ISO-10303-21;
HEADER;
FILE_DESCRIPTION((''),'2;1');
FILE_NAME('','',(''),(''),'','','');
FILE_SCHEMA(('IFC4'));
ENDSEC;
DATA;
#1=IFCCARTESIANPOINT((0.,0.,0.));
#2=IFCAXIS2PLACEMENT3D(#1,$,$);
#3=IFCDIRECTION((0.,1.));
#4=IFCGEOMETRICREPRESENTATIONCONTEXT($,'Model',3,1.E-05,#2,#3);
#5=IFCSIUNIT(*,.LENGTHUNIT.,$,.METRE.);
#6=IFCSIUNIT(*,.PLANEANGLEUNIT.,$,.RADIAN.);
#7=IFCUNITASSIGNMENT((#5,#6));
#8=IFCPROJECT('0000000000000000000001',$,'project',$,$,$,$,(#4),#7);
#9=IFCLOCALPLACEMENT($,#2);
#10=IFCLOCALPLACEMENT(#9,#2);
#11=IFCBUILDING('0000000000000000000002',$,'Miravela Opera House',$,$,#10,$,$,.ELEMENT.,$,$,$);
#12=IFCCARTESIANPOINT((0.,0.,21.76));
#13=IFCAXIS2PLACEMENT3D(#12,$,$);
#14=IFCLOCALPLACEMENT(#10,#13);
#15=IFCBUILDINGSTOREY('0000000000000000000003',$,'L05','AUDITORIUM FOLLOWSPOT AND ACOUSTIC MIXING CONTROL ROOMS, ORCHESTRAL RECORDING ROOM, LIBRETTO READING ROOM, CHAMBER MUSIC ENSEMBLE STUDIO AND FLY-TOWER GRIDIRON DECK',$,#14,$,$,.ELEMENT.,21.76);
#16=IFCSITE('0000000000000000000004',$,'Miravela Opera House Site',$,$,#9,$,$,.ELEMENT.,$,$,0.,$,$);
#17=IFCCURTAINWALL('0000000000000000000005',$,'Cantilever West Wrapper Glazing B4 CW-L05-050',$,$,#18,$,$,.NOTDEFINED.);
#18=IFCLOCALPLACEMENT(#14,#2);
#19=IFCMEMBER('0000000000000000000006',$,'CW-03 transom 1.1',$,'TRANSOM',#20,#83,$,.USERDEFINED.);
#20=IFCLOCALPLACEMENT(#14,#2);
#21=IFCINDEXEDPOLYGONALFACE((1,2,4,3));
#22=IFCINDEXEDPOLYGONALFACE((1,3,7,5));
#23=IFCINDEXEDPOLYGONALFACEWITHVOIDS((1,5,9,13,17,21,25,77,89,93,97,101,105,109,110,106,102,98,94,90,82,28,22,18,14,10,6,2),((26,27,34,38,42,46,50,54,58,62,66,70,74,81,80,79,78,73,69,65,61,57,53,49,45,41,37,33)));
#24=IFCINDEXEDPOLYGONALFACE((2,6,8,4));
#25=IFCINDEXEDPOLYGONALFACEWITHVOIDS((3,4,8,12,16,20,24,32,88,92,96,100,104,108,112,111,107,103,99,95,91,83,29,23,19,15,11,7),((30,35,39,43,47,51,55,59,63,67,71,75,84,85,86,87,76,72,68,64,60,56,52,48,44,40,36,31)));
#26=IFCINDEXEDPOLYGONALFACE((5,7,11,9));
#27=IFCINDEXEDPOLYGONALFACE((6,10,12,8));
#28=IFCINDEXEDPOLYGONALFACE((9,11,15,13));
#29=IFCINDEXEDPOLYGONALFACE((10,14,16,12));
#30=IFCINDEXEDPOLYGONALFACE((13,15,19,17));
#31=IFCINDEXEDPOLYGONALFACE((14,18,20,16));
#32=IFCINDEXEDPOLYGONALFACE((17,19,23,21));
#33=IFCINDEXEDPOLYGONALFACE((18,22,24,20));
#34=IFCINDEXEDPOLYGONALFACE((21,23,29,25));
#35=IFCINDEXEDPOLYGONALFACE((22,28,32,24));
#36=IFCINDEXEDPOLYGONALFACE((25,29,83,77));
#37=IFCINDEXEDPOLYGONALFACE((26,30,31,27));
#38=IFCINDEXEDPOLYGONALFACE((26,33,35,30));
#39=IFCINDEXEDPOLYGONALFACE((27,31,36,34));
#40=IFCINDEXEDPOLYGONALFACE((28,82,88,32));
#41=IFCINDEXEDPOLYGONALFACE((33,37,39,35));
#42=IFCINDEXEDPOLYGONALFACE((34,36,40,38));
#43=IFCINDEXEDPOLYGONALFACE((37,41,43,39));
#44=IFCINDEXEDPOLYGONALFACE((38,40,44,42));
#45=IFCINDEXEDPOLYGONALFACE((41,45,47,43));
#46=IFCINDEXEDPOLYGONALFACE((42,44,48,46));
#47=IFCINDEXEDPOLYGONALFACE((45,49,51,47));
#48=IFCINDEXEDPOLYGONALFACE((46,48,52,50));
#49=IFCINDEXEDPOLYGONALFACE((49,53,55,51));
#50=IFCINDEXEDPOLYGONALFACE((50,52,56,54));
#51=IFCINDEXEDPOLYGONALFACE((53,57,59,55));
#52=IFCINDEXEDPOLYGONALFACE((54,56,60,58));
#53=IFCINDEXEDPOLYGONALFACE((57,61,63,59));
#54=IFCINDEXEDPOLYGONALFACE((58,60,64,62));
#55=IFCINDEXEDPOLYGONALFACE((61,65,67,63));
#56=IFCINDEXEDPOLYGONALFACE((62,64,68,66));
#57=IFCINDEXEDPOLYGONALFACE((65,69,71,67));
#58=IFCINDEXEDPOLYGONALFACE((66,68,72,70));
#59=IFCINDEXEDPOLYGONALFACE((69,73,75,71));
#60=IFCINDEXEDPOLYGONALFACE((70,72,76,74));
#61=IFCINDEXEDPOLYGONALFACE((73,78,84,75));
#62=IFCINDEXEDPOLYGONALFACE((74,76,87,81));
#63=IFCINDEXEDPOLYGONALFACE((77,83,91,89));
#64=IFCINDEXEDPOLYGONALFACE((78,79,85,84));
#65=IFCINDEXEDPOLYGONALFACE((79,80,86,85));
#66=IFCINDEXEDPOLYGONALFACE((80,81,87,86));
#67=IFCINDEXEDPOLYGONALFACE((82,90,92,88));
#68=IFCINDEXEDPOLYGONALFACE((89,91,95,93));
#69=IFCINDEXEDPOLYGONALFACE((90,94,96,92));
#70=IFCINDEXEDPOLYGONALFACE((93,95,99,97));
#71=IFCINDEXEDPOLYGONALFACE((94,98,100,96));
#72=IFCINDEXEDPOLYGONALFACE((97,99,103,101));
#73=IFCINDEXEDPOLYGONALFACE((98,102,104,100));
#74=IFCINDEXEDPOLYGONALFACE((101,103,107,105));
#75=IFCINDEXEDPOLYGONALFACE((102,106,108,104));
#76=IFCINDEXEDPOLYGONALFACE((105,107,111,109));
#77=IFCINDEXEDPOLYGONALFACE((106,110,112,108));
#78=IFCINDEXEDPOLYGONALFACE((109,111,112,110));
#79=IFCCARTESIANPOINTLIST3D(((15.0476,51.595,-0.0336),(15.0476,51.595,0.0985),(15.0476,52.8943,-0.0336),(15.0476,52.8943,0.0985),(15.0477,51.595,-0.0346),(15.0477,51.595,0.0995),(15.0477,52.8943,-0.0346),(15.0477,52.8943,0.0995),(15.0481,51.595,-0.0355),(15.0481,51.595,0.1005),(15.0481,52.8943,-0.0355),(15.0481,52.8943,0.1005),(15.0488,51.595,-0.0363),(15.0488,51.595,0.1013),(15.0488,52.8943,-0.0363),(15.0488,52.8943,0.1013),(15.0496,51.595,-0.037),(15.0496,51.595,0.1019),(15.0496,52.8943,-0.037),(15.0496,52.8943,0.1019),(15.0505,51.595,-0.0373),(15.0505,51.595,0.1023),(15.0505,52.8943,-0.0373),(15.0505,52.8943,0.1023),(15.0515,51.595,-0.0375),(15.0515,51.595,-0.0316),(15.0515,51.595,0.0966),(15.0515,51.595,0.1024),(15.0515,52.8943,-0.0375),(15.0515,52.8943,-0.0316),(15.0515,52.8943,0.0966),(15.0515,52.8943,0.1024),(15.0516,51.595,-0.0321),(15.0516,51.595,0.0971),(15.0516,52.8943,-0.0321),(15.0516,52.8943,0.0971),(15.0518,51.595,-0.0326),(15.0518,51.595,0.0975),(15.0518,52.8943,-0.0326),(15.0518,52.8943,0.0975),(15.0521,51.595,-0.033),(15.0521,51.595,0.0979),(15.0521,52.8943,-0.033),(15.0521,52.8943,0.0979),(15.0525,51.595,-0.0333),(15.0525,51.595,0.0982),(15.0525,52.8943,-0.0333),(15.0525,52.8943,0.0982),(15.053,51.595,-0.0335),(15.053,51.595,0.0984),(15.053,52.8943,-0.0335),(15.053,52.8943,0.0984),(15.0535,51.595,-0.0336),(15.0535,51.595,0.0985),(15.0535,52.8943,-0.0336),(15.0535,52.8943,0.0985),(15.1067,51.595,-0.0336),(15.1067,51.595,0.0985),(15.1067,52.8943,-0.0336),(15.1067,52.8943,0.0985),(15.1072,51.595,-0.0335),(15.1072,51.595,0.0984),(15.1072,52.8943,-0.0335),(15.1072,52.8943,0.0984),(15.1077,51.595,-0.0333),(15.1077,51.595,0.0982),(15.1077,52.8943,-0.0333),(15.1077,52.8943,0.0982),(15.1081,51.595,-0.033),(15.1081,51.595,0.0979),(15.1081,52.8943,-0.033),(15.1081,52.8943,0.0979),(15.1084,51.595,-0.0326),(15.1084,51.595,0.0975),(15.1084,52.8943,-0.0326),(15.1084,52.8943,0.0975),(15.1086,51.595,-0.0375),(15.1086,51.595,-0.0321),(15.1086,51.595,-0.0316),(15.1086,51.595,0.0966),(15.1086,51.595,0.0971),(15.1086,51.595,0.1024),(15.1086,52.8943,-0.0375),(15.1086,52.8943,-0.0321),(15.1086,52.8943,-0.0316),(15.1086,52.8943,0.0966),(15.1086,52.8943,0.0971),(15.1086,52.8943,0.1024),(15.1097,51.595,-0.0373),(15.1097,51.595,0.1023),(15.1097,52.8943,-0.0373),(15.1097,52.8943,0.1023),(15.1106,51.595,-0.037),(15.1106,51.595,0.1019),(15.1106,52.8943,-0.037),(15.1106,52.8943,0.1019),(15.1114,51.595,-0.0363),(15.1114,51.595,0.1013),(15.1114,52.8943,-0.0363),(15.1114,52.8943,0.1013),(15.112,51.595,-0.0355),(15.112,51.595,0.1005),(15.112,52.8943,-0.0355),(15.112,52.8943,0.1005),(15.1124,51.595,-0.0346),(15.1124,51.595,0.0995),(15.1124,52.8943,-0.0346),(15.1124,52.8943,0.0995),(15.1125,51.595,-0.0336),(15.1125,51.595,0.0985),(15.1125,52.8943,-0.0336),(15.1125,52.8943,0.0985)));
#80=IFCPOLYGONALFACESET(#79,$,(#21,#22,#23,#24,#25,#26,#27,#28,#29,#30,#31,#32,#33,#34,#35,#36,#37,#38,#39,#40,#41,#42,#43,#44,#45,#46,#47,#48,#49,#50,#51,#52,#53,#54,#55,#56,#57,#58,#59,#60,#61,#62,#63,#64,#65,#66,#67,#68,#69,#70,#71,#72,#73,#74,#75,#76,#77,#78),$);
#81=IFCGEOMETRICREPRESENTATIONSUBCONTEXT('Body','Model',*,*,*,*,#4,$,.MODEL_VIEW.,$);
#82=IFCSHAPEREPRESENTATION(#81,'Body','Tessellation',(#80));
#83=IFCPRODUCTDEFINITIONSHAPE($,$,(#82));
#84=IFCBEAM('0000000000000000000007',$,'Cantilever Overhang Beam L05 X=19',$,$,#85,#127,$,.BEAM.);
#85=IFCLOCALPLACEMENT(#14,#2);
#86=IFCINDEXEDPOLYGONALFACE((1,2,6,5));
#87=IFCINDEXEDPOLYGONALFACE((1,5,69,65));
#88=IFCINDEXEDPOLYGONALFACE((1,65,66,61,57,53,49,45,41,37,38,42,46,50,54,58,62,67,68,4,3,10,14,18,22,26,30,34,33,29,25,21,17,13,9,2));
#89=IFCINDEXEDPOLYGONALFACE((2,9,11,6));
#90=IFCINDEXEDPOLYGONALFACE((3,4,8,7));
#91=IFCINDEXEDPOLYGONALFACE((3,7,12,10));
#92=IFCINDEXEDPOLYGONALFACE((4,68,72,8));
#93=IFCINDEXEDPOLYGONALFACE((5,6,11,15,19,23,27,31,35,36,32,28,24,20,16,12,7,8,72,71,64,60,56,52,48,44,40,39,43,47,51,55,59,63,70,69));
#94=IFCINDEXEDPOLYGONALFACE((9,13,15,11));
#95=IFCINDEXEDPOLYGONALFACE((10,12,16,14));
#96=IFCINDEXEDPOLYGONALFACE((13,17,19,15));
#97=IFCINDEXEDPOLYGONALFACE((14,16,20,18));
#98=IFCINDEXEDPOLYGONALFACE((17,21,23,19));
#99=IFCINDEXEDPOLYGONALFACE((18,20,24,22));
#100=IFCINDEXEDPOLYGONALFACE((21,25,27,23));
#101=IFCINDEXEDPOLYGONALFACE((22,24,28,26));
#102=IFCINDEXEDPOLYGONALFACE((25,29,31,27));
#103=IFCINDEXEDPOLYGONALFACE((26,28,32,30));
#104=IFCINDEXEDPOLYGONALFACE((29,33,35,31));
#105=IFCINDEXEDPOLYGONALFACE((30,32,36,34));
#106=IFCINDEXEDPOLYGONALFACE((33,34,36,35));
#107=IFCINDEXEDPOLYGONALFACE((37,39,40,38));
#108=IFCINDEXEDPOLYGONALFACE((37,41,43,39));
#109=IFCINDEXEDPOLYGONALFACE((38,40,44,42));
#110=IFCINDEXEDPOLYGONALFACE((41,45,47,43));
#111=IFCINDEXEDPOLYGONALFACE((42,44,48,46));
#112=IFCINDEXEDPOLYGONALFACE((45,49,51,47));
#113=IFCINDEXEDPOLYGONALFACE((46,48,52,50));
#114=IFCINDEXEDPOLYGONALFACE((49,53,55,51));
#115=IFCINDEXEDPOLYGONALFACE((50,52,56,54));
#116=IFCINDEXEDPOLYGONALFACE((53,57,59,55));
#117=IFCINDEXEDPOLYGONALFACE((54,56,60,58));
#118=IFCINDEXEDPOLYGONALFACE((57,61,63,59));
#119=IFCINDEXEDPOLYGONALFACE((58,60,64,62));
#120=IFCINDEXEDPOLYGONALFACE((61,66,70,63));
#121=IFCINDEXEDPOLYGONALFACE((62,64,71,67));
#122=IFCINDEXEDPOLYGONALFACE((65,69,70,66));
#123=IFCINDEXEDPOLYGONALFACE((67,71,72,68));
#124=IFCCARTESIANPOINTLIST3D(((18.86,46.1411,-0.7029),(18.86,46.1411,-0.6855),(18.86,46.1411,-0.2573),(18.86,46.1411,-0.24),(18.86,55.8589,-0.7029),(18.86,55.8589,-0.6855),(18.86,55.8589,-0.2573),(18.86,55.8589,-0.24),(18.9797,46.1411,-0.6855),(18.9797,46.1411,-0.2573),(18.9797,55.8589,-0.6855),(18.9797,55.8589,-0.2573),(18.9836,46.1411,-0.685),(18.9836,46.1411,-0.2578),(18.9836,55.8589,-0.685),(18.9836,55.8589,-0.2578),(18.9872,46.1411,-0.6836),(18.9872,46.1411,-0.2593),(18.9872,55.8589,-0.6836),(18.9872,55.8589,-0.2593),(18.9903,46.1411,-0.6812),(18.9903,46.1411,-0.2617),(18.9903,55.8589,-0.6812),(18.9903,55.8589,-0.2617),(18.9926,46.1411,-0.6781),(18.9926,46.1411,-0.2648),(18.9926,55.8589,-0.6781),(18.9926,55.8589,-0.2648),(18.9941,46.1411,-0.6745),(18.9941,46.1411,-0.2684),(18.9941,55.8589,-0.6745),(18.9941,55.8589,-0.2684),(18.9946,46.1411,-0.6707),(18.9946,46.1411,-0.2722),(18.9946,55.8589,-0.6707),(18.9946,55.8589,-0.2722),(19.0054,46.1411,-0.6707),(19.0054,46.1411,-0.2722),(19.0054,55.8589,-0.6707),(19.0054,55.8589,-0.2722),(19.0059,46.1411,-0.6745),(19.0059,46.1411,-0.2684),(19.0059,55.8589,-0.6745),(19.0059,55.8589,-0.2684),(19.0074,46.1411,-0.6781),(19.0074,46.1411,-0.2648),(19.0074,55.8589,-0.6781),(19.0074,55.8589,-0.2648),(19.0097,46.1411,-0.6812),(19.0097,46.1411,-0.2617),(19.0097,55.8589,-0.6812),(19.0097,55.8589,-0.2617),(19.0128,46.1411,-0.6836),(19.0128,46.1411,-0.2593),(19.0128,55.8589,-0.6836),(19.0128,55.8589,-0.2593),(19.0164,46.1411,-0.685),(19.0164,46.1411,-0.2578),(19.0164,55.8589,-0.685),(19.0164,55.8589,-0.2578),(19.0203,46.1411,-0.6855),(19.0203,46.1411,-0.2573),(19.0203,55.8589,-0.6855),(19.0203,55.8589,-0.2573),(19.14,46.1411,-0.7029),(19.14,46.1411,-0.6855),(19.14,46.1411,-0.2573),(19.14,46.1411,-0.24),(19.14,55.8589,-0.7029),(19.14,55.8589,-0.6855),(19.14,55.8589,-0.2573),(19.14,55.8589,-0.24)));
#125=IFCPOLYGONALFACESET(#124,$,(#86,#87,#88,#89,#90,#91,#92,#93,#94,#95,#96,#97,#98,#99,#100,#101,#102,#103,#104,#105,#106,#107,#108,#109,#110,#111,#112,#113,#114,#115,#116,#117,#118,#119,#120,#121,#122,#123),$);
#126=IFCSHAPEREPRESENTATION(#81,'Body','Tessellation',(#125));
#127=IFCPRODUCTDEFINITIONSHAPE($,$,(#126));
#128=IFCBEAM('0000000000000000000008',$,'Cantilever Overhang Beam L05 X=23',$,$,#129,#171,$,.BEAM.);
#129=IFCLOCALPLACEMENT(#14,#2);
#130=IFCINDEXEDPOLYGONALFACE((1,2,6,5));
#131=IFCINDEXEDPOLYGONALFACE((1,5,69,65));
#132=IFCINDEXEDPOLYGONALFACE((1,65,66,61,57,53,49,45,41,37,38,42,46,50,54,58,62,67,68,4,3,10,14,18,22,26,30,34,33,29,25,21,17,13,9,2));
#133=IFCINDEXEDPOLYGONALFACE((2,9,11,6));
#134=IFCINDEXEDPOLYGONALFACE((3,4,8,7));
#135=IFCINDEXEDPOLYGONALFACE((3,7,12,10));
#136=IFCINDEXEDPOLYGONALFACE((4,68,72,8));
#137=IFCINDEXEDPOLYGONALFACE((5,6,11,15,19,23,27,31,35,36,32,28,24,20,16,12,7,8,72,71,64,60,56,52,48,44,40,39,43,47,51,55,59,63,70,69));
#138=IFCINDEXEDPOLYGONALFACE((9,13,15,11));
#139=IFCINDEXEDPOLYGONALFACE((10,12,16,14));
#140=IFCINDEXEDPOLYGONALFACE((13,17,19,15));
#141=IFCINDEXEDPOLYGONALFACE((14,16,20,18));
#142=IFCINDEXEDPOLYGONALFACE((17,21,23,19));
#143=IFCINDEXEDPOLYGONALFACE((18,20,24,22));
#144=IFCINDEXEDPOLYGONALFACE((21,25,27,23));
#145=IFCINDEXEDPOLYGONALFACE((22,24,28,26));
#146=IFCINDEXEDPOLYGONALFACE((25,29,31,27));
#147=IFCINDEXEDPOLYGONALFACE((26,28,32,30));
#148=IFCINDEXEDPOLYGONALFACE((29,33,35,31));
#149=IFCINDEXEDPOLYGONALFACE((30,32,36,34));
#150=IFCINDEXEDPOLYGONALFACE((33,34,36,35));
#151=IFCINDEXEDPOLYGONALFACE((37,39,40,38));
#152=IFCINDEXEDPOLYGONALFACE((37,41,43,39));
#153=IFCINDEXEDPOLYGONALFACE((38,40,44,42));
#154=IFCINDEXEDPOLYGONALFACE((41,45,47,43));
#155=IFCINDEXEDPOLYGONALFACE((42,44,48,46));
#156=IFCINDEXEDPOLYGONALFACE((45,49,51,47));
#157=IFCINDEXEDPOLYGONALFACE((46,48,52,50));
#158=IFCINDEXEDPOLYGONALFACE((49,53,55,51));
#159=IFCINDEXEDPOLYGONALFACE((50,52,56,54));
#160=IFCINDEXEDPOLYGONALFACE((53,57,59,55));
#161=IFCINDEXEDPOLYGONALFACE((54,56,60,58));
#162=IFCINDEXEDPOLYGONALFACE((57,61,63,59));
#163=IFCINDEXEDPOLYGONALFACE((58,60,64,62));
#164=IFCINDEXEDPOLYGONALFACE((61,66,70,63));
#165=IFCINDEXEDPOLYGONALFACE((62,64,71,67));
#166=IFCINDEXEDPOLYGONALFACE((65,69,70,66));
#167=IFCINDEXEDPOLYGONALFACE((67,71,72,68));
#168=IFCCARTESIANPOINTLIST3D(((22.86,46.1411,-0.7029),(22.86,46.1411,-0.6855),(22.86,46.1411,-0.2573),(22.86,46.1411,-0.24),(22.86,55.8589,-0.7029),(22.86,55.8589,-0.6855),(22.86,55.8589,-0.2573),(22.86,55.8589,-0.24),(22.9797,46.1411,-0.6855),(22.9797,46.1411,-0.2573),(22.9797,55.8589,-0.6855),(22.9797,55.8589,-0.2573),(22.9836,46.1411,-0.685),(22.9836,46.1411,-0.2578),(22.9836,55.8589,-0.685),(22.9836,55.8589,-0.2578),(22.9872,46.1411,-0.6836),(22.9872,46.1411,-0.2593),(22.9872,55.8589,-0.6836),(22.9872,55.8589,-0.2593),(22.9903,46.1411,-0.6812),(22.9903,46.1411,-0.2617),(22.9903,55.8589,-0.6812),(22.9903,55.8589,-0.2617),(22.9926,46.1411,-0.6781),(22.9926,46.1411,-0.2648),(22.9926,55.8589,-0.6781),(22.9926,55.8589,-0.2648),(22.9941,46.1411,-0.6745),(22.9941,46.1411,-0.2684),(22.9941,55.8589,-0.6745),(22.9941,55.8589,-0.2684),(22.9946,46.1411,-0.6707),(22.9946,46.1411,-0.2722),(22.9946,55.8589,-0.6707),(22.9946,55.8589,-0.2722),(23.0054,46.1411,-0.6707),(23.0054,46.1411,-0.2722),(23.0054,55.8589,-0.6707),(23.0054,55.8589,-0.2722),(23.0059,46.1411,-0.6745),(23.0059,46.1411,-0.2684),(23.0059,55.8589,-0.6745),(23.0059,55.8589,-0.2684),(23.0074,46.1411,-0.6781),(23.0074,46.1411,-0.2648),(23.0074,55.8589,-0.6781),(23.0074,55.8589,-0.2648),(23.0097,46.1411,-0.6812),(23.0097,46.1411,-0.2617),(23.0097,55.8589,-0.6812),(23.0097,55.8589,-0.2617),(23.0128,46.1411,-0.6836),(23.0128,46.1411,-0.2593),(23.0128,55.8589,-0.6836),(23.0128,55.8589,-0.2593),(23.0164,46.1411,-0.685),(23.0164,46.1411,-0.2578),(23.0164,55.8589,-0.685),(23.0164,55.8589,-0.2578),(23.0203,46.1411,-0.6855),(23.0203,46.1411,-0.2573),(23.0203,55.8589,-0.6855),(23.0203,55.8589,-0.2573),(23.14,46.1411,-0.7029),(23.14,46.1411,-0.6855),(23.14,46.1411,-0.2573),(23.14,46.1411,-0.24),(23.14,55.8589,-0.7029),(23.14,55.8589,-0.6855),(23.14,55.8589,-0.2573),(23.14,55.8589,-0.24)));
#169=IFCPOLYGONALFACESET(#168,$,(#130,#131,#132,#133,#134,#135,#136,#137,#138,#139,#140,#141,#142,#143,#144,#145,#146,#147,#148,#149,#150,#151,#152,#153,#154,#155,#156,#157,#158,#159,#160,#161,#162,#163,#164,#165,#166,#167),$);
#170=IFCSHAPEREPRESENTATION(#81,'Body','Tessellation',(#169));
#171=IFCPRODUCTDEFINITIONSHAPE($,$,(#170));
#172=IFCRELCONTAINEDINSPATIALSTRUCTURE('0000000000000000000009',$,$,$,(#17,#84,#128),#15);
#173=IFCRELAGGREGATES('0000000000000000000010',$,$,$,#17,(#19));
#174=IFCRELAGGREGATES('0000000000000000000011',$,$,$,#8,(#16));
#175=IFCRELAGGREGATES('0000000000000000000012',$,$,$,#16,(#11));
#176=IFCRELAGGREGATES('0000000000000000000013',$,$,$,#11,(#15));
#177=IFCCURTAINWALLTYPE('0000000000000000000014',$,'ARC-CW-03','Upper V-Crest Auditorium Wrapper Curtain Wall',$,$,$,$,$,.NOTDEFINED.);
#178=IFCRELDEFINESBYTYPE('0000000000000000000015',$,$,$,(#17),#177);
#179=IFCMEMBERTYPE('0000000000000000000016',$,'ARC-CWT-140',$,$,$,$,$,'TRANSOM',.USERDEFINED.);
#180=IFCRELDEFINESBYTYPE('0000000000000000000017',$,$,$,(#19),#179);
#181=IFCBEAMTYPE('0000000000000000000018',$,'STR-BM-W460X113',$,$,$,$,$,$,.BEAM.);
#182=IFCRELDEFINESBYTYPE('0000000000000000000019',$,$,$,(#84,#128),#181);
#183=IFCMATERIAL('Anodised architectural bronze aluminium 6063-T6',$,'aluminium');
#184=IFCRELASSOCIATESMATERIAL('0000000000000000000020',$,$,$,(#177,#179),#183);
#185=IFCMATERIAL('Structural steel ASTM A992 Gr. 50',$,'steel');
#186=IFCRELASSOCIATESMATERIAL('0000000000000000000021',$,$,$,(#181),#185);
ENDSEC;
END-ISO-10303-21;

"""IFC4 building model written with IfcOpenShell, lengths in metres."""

from ifc_helpers import new_model, si_unit, direction, frame, origin, origin_2d, place, context, subcontext, project, spatial, hollow_rectangle, i_section, extrude, material, material_profile, profile_set, type_object, element, aggregate, save


model = new_model("IFC4")

# Units and contexts
model_context = context("Model", 3, precision=1e-05, world=origin(), true_north=direction((0.0, 1.0)))
body_context = subcontext(model_context, "Body", "Model", "MODEL_VIEW")
ifc_project = project(units=[si_unit("LENGTHUNIT", "METRE"), si_unit("PLANEANGLEUNIT", "RADIAN")], contexts=[model_context])

# Site, building, storey
site_placement = place(None, origin())
site = spatial("IfcSite", under=ifc_project, at=site_placement, Name="Miravela Opera House Site", CompositionType="ELEMENT", RefElevation=0.0)
building_placement = place(site_placement, origin())
building = spatial("IfcBuilding", under=site, at=building_placement, Name="Miravela Opera House", CompositionType="ELEMENT")
storey_placement = place(building_placement, frame((0.0, 0.0, 21.76)))
storey = spatial("IfcBuildingStorey", under=building, at=storey_placement, Name="L05", Description="AUDITORIUM FOLLOWSPOT AND ACOUSTIC MIXING CONTROL ROOMS, ORCHESTRAL RECORDING ROOM, LIBRETTO READING ROOM, CHAMBER MUSIC ENSEMBLE STUDIO AND FLY-TOWER GRIDIRON DECK", CompositionType="ELEMENT", Elevation=21.76)

# Curtain wall
ifc_material_1 = material(Name="Anodised architectural bronze aluminium 6063-T6", Category="aluminium")
curtain_wall_type = type_object("IfcCurtainWallType", Name="ARC-CW-03", Description="Upper V-Crest Auditorium Wrapper Curtain Wall", PredefinedType="NOTDEFINED", material=ifc_material_1)
curtain_wall_1_placement = place(storey_placement, origin())
curtain_wall_1 = element("IfcCurtainWall", 1, at=curtain_wall_1_placement, inside=storey, type_object=curtain_wall_type, Name="Cantilever West Wrapper Glazing B4 CW-L05-050", PredefinedType="NOTDEFINED")

# Member
ifc_material_profile_1 = material_profile(ifc_material_1, hollow_rectangle(XDim=0.0649, YDim=0.1399, WallThickness=0.0039, InnerFilletRadius=0.002, OuterFilletRadius=0.0039, at=origin_2d()), Name="CWT-65X140")
ifc_profile_set_1 = profile_set([ifc_material_profile_1])
member_type_1 = type_object("IfcMemberType", Name="ARC-CWT-140", ElementType="TRANSOM", PredefinedType="USERDEFINED", material=ifc_profile_set_1)
member_1_placement = place(storey_placement, frame((15.0801, 51.595, 0.0325), z_axis=(0.0, 1.0, 0.0), x_axis=(-1.0, 0.0, 0.0)))
member_1 = element("IfcMember", 2, at=member_1_placement, type_object=member_type_1, Name="CW-03 transom 1.1", ObjectType="TRANSOM", PredefinedType="USERDEFINED", context=body_context, shape_type="SweptSolid", body=[
    extrude(hollow_rectangle(XDim=0.0649, YDim=0.1399, WallThickness=0.0039, InnerFilletRadius=0.002, OuterFilletRadius=0.0039, at=origin_2d()), origin(), (0.0, 0.0, 1.0), 1.2993),
])
aggregate(curtain_wall_1, [member_1])

# Beams
ifc_material_2 = material(Name="Structural steel ASTM A992 Gr. 50", Category="steel")
ifc_material_profile_2 = material_profile(ifc_material_2, i_section(OverallWidth=0.28, OverallDepth=0.4629, WebThickness=0.0107, FlangeThickness=0.0173, FilletRadius=0.0149, at=origin_2d()), Name="W460X113")
ifc_profile_set_2 = profile_set([ifc_material_profile_2])
beam_type_1 = type_object("IfcBeamType", Name="STR-BM-W460X113", PredefinedType="BEAM", material=ifc_profile_set_2)
for number, where, z_axis, x_axis, name in (
    (3, (19.0, 46.1411, -0.4714), (0.0, 1.0, 0.0), (-1.0, 0.0, 0.0), "Cantilever Overhang Beam L05 X=19"),
    (4, (23.0, 46.1411, -0.4714), (0.0, 1.0, 0.0), (-1.0, 0.0, 0.0), "Cantilever Overhang Beam L05 X=23"),
):
    element("IfcBeam", number, at=place(storey_placement, frame(where, z_axis=z_axis, x_axis=x_axis)), inside=storey, type_object=beam_type_1, Name=name, PredefinedType="BEAM", context=body_context, shape_type="SweptSolid", body=[
        extrude(i_section(OverallWidth=0.28, OverallDepth=0.4629, WebThickness=0.0107, FlangeThickness=0.0173, FilletRadius=0.0149, at=origin_2d()), origin(), (0.0, 0.0, 1.0), 9.7178),
    ])

save(model, "model.ifc")
